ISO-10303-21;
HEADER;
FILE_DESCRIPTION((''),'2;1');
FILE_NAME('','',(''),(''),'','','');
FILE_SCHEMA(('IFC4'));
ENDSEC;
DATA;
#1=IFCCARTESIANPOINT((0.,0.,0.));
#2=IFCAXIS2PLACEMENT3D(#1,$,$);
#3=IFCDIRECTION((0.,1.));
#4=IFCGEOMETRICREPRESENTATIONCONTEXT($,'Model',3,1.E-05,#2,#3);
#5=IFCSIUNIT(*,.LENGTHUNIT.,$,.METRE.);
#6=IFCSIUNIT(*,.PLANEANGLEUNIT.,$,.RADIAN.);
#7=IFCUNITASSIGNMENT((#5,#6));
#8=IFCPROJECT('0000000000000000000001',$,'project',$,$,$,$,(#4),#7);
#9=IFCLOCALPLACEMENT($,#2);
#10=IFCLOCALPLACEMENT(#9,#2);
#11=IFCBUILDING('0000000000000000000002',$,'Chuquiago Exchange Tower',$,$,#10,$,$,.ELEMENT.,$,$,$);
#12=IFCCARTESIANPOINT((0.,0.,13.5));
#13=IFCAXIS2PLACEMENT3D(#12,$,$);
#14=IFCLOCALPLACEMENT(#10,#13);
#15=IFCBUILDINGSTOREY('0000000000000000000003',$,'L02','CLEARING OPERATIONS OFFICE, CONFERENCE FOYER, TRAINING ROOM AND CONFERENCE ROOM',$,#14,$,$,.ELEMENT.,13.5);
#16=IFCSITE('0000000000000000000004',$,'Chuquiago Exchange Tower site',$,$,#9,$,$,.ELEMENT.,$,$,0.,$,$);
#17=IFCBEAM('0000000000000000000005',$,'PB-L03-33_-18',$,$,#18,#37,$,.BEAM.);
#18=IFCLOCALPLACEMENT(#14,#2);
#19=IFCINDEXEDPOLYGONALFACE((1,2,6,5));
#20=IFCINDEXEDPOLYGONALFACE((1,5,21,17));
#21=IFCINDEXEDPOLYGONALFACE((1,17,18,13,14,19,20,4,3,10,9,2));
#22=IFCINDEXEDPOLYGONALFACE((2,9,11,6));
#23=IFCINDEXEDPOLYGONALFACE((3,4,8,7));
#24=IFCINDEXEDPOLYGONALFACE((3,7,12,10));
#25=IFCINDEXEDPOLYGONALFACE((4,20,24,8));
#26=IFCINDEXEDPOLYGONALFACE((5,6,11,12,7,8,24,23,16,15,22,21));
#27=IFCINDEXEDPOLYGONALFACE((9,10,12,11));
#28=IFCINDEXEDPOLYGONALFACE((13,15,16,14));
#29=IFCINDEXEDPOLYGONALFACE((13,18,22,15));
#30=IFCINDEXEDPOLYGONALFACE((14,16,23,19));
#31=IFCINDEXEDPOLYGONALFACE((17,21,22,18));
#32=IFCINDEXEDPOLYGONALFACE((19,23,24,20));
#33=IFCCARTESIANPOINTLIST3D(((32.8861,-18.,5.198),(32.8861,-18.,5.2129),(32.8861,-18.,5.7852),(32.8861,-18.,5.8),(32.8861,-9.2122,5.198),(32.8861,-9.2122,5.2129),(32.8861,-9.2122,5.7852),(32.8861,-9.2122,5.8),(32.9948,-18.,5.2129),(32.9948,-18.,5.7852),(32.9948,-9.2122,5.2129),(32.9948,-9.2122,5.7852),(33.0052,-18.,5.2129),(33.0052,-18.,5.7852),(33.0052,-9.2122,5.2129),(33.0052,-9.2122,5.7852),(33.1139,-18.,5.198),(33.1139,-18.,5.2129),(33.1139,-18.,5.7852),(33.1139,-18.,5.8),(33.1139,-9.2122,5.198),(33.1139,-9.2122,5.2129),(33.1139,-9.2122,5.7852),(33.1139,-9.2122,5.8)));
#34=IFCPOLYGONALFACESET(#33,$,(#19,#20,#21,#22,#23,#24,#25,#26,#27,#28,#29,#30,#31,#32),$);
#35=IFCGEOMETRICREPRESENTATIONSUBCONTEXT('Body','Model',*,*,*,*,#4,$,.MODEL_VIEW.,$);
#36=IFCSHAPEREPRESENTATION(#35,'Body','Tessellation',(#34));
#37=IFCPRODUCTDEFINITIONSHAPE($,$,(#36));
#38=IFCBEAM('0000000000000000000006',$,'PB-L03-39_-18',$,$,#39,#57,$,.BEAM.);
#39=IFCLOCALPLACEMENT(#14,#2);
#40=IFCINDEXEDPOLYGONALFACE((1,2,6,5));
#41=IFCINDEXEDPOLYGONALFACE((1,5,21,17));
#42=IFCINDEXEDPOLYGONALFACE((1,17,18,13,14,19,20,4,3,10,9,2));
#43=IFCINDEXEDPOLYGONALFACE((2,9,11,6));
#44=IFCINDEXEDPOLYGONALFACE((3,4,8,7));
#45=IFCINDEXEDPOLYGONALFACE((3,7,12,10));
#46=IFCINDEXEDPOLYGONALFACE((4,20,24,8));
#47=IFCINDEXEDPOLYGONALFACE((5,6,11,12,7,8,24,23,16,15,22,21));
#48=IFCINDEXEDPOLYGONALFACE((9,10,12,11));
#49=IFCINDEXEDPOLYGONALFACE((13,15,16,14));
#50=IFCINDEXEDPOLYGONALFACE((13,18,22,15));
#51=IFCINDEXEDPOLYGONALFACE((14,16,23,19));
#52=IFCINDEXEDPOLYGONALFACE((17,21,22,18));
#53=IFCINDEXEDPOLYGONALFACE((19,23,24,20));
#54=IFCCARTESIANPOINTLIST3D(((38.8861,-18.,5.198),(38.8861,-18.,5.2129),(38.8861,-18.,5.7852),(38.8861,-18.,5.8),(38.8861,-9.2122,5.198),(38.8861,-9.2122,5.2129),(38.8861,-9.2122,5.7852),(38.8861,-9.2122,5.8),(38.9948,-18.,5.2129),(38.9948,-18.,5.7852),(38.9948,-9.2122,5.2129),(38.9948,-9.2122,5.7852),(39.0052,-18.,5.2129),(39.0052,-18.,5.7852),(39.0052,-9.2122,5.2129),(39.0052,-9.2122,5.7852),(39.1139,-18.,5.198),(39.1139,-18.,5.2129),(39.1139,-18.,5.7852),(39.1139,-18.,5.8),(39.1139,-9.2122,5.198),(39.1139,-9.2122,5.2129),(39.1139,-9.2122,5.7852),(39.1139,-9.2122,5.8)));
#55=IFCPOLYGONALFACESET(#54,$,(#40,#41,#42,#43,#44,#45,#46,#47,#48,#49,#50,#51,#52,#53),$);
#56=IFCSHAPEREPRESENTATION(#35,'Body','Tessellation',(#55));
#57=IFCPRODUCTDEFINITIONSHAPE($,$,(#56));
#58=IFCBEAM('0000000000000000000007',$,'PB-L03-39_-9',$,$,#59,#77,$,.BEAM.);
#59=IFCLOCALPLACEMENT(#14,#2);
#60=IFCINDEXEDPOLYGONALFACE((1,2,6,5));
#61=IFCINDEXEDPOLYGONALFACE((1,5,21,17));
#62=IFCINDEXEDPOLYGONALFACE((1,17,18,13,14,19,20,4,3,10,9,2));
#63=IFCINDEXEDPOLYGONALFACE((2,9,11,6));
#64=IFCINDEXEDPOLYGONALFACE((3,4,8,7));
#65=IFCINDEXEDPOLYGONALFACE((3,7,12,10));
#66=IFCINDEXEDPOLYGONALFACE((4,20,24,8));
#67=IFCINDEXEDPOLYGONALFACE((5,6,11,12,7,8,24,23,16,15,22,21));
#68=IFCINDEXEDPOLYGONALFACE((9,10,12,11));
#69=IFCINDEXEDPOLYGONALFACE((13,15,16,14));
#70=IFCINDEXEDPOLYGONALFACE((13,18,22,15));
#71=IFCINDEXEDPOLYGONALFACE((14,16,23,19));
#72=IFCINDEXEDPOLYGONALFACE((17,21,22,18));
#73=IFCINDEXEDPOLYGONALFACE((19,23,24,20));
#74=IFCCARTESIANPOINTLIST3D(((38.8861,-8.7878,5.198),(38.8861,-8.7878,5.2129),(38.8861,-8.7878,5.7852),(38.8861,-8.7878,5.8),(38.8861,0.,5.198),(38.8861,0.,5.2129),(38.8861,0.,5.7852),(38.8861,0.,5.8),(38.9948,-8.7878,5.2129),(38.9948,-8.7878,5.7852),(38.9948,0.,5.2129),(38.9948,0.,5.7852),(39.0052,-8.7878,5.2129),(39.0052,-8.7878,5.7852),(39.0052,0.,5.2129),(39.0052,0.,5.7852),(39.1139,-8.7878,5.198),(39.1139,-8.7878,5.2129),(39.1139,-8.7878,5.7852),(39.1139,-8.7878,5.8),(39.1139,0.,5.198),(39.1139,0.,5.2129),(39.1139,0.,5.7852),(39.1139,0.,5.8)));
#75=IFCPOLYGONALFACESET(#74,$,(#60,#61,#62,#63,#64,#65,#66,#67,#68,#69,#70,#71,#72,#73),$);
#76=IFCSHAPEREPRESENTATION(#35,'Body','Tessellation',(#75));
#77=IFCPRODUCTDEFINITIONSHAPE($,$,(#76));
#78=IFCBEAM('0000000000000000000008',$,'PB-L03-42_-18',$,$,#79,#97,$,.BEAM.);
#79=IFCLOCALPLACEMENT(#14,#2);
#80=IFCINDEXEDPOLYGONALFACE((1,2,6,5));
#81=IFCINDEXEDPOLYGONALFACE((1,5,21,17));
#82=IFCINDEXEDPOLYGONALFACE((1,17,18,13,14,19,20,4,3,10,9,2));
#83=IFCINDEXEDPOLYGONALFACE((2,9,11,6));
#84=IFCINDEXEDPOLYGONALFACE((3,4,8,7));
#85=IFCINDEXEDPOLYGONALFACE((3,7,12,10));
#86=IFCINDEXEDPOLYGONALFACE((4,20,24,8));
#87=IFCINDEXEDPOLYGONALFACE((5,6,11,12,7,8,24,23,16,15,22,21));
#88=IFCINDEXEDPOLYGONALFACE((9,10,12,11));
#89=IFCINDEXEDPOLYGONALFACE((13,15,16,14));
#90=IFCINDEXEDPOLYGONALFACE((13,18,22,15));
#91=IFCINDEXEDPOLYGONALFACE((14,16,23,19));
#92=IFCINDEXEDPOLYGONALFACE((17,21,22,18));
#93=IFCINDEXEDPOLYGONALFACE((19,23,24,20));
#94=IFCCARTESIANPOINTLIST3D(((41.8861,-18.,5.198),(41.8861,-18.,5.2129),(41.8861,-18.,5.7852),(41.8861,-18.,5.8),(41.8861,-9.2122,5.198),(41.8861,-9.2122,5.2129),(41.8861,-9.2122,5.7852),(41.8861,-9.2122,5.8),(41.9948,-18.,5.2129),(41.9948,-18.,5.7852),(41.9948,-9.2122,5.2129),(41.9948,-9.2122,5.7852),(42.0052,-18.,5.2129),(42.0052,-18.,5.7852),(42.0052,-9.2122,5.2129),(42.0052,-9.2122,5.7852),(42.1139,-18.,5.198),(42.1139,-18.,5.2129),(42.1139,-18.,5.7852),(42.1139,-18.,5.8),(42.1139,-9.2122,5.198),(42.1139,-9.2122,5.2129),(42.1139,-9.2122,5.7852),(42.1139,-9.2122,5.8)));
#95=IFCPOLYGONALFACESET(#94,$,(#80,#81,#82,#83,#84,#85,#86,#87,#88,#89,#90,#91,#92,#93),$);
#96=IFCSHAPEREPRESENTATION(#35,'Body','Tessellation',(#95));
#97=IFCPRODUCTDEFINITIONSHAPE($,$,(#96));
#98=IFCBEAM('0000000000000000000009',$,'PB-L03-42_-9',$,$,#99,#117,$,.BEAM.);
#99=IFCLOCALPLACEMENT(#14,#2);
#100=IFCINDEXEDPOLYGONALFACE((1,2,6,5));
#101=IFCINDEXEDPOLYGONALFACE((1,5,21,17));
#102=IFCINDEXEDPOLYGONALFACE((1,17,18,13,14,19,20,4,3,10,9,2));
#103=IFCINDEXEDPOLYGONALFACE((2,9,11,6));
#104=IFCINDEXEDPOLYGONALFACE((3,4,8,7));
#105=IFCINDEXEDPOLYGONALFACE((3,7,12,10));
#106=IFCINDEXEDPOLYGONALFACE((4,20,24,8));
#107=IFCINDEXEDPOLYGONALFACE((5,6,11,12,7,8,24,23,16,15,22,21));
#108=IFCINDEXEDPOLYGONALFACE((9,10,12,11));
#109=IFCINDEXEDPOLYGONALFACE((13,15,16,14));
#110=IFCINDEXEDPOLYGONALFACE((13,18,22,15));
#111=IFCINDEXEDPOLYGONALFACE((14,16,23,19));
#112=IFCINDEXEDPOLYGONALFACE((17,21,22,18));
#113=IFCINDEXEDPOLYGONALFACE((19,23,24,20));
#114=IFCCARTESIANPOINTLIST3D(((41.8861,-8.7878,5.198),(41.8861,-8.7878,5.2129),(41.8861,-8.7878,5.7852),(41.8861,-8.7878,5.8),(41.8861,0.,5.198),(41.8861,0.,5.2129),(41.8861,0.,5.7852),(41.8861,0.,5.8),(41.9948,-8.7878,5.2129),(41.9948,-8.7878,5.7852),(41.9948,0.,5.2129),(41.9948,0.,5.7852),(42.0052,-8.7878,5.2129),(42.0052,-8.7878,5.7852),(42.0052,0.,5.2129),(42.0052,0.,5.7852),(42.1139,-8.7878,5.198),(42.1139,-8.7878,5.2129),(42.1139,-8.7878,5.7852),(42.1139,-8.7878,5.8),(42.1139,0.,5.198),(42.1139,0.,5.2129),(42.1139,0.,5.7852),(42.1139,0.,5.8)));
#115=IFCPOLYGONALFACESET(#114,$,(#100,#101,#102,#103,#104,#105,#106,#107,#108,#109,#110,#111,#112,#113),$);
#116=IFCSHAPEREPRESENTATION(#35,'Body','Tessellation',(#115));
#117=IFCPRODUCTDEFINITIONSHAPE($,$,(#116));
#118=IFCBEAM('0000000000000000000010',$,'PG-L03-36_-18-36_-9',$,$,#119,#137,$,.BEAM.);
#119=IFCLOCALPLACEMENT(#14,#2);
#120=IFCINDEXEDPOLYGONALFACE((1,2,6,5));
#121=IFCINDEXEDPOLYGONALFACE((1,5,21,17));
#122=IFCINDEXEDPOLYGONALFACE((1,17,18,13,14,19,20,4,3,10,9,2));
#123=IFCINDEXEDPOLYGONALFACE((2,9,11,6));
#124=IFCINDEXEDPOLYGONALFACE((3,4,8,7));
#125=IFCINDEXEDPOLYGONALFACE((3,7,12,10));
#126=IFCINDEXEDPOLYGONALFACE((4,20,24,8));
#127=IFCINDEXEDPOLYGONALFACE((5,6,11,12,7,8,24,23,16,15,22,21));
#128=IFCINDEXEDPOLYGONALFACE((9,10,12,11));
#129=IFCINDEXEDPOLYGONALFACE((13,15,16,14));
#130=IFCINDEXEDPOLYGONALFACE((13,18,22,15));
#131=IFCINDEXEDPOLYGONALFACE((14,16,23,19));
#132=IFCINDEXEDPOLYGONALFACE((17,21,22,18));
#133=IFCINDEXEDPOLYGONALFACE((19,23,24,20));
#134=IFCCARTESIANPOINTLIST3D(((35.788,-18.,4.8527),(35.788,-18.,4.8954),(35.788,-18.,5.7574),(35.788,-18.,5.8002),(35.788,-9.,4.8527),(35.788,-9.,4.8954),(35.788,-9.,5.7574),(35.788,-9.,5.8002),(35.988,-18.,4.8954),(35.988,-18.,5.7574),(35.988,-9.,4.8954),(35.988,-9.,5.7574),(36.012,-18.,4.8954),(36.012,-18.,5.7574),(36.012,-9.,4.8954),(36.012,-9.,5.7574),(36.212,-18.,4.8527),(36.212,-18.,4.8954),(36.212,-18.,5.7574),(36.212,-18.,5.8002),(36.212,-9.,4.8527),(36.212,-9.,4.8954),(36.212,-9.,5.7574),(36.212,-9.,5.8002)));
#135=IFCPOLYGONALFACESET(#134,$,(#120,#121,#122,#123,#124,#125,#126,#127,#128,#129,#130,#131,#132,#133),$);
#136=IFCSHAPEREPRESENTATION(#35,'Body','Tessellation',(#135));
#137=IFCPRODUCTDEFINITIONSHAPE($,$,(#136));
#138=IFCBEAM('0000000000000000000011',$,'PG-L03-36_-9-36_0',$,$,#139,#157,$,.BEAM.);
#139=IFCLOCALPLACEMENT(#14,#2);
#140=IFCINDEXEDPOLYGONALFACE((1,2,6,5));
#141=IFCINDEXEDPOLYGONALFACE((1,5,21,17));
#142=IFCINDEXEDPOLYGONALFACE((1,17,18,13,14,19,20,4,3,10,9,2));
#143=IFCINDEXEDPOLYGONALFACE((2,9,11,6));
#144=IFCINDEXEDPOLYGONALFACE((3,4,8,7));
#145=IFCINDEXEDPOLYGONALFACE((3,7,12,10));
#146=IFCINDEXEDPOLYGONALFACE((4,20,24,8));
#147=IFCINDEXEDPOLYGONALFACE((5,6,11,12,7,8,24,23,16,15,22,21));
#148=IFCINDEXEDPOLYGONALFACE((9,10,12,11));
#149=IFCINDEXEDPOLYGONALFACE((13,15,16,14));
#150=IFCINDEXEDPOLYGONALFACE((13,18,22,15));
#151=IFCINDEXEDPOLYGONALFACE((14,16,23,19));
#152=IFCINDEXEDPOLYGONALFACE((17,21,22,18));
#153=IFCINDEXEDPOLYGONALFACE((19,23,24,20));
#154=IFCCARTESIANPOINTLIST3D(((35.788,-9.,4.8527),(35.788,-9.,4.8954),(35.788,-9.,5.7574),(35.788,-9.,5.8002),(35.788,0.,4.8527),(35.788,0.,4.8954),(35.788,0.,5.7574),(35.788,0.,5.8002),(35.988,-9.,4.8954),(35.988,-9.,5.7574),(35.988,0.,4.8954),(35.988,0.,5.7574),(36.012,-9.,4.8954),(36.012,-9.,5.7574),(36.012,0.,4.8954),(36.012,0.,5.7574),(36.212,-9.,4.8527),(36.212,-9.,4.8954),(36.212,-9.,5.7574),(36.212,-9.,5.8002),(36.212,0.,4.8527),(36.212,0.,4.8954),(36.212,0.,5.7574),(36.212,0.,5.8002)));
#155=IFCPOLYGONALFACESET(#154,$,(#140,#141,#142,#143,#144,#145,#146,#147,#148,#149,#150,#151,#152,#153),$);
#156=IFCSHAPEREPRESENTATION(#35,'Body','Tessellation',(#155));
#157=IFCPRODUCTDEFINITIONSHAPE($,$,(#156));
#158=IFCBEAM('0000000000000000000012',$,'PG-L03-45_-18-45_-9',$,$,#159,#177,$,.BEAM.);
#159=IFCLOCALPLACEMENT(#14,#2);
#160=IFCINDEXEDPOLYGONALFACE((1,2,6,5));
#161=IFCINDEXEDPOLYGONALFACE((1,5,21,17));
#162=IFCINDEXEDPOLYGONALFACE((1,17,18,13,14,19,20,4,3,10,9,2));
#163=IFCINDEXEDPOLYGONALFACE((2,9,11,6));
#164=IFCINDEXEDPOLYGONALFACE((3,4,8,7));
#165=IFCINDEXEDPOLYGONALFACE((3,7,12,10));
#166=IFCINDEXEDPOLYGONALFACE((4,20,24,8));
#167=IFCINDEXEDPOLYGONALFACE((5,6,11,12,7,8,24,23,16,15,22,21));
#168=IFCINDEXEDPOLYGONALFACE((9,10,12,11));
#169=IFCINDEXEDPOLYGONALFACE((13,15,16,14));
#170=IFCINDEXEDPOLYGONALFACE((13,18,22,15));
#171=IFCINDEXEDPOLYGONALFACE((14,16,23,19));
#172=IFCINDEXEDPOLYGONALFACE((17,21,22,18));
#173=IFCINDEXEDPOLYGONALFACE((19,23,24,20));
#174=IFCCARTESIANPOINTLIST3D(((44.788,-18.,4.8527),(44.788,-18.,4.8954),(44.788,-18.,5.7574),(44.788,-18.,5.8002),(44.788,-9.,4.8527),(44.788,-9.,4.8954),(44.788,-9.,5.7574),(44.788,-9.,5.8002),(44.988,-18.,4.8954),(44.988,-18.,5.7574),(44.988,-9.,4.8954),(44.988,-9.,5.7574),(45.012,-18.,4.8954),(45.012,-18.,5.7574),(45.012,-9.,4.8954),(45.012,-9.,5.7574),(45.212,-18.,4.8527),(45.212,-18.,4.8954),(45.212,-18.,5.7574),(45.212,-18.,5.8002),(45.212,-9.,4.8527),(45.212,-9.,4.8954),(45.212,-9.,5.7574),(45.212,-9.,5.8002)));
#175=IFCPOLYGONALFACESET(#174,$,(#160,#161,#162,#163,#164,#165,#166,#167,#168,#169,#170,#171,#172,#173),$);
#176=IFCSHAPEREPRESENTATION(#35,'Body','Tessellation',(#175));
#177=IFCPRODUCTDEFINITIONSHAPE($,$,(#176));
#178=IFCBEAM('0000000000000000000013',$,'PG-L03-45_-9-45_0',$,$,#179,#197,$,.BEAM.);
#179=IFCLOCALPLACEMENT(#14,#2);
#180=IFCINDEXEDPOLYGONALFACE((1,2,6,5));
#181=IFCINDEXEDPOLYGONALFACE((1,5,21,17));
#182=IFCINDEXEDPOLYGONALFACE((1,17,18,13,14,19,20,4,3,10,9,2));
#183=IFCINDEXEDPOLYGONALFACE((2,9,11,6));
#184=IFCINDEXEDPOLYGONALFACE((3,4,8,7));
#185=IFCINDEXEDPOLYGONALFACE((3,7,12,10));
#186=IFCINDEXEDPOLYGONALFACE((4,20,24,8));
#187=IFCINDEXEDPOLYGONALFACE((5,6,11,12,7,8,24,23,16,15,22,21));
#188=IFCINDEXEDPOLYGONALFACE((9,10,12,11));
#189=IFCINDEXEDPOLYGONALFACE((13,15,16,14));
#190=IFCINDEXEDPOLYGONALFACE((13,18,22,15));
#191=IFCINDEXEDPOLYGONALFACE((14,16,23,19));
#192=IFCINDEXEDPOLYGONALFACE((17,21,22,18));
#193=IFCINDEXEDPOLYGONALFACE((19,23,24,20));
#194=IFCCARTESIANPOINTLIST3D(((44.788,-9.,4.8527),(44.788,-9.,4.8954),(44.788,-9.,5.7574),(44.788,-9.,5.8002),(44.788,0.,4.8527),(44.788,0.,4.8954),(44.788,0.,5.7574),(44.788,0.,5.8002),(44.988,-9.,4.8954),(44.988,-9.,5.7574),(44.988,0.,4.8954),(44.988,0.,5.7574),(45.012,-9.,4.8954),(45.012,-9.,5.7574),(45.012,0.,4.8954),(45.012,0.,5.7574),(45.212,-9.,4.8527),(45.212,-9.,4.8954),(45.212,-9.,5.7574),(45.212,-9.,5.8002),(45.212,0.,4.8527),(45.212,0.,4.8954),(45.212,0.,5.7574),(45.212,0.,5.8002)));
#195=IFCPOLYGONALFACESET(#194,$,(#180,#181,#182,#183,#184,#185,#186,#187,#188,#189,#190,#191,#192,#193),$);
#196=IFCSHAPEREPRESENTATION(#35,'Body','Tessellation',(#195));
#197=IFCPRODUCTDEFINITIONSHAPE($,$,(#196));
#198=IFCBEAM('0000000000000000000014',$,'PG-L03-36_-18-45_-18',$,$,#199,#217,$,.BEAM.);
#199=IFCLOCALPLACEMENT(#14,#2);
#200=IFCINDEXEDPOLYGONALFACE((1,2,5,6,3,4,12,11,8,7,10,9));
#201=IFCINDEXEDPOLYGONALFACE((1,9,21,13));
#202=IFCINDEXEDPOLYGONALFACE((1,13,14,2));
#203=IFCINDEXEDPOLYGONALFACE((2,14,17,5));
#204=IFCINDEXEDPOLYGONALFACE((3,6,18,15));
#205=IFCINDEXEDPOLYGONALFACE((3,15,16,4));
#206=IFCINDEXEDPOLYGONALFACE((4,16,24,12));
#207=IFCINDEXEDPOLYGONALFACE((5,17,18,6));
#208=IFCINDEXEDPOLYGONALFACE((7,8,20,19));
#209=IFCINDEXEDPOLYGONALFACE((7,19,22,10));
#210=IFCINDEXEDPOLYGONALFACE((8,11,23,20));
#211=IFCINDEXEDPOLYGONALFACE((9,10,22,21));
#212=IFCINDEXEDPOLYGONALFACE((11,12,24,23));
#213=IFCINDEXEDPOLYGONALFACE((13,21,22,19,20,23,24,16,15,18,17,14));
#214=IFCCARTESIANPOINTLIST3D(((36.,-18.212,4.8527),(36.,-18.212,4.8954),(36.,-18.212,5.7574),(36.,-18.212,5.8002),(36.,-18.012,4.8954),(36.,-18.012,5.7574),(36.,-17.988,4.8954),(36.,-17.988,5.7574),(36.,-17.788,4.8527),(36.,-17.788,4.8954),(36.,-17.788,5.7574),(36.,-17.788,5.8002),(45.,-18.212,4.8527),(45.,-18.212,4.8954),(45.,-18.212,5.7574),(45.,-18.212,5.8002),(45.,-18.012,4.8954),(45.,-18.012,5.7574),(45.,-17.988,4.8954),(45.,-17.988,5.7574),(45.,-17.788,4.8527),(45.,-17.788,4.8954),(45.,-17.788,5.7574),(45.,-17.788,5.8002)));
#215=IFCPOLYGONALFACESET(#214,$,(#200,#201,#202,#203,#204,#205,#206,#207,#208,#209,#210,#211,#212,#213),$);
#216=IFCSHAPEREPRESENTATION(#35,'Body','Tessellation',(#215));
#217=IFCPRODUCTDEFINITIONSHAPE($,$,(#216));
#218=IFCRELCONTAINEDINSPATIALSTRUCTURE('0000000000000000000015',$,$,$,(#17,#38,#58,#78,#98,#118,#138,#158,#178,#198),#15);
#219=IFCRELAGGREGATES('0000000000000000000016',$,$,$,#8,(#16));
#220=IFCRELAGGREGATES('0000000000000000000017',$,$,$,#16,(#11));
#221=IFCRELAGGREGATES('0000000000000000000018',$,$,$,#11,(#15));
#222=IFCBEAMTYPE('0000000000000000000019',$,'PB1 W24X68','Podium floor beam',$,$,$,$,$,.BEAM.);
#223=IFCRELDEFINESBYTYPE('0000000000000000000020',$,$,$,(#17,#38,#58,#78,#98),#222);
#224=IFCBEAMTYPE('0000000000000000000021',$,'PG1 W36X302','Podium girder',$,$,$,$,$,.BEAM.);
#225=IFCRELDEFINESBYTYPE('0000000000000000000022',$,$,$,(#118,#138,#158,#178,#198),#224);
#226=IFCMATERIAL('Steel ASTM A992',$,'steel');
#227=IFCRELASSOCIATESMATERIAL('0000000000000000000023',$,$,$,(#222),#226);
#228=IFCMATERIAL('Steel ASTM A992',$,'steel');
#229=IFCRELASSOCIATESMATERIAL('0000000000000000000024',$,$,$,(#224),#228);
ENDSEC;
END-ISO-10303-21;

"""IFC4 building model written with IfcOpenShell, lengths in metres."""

from ifc_helpers import new_model, si_unit, direction, frame, origin, origin_2d, place, context, subcontext, project, spatial, i_section, extrude, material, material_profile, profile_set, type_object, element, save


model = new_model("IFC4")

# Units and contexts
model_context = context("Model", 3, precision=1e-05, world=origin(), true_north=direction((0.0, 1.0)))
body_context = subcontext(model_context, "Body", "Model", "MODEL_VIEW")
ifc_project = project(units=[si_unit("LENGTHUNIT", "METRE"), si_unit("PLANEANGLEUNIT", "RADIAN")], contexts=[model_context])

# Site, building, storey
site_placement = place(None, origin())
site = spatial("IfcSite", under=ifc_project, at=site_placement, Name="Chuquiago Exchange Tower site", CompositionType="ELEMENT", RefElevation=0.0)
building_placement = place(site_placement, origin())
building = spatial("IfcBuilding", under=site, at=building_placement, Name="Chuquiago Exchange Tower", CompositionType="ELEMENT")
storey_placement = place(building_placement, frame((0.0, 0.0, 13.5)))
storey = spatial("IfcBuildingStorey", under=building, at=storey_placement, Name="L02", Description="CLEARING OPERATIONS OFFICE, CONFERENCE FOYER, TRAINING ROOM AND CONFERENCE ROOM", CompositionType="ELEMENT", Elevation=13.5)

# Beams
ifc_material_1 = material(Name="Steel ASTM A992", Category="steel")
ifc_material_profile_1 = material_profile(ifc_material_1, i_section(OverallWidth=0.2278, OverallDepth=0.6021, WebThickness=0.0105, FlangeThickness=0.0149, at=origin_2d()), Name="W24X68")
ifc_profile_set_1 = profile_set([ifc_material_profile_1], Name="Steel ASTM A992")
beam_type_1 = type_object("IfcBeamType", Name="PB1 W24X68", Description="Podium floor beam", PredefinedType="BEAM", material=ifc_profile_set_1)
for number, where, z_axis, x_axis, name in (
    (1, (33.0, -18.0, 5.499), (0.0, 1.0, 0.0), (-1.0, 0.0, 0.0), "PB-L03-33_-18"),
    (2, (39.0, -18.0, 5.499), (0.0, 1.0, 0.0), (-1.0, 0.0, 0.0), "PB-L03-39_-18"),
    (3, (39.0, -8.7878, 5.499), (0.0, 1.0, 0.0), (-1.0, 0.0, 0.0), "PB-L03-39_-9"),
    (4, (42.0, -18.0, 5.499), (0.0, 1.0, 0.0), (-1.0, 0.0, 0.0), "PB-L03-42_-18"),
    (5, (42.0, -8.7878, 5.499), (0.0, 1.0, 0.0), (-1.0, 0.0, 0.0), "PB-L03-42_-9"),
):
    element("IfcBeam", number, at=place(storey_placement, frame(where, z_axis=z_axis, x_axis=x_axis)), inside=storey, type_object=beam_type_1, Name=name, PredefinedType="BEAM", context=body_context, shape_type="SweptSolid", body=[
        extrude(i_section(OverallWidth=0.2278, OverallDepth=0.6021, WebThickness=0.0105, FlangeThickness=0.0149, at=origin_2d()), origin(), (0.0, 0.0, 1.0), 8.7878),
    ])
ifc_material_2 = material(Name="Steel ASTM A992", Category="steel")
ifc_material_profile_2 = material_profile(ifc_material_2, i_section(OverallWidth=0.4241, OverallDepth=0.9475, WebThickness=0.0239, FlangeThickness=0.0427, at=origin_2d()), Name="W36X302")
ifc_profile_set_2 = profile_set([ifc_material_profile_2], Name="Steel ASTM A992")
beam_type_2 = type_object("IfcBeamType", Name="PG1 W36X302", Description="Podium girder", PredefinedType="BEAM", material=ifc_profile_set_2)
for number, where, z_axis, x_axis, name in (
    (6, (36.0, -18.0, 5.3264), (0.0, 1.0, 0.0), (-1.0, 0.0, 0.0), "PG-L03-36_-18-36_-9"),
    (7, (36.0, -9.0, 5.3264), (0.0, 1.0, 0.0), (-1.0, 0.0, 0.0), "PG-L03-36_-9-36_0"),
    (8, (45.0, -18.0, 5.3264), (0.0, 1.0, 0.0), (-1.0, 0.0, 0.0), "PG-L03-45_-18-45_-9"),
    (9, (45.0, -9.0, 5.3264), (0.0, 1.0, 0.0), (-1.0, 0.0, 0.0), "PG-L03-45_-9-45_0"),
    (10, (36.0, -18.0, 5.3264), (1.0, 0.0, 0.0), (0.0, 1.0, 0.0), "PG-L03-36_-18-45_-18"),
):
    element("IfcBeam", number, at=place(storey_placement, frame(where, z_axis=z_axis, x_axis=x_axis)), inside=storey, type_object=beam_type_2, Name=name, PredefinedType="BEAM", context=body_context, shape_type="SweptSolid", body=[
        extrude(i_section(OverallWidth=0.4241, OverallDepth=0.9475, WebThickness=0.0239, FlangeThickness=0.0427, at=origin_2d()), origin(), (0.0, 0.0, 1.0), 9.0),
    ])

save(model, "model.ifc")
